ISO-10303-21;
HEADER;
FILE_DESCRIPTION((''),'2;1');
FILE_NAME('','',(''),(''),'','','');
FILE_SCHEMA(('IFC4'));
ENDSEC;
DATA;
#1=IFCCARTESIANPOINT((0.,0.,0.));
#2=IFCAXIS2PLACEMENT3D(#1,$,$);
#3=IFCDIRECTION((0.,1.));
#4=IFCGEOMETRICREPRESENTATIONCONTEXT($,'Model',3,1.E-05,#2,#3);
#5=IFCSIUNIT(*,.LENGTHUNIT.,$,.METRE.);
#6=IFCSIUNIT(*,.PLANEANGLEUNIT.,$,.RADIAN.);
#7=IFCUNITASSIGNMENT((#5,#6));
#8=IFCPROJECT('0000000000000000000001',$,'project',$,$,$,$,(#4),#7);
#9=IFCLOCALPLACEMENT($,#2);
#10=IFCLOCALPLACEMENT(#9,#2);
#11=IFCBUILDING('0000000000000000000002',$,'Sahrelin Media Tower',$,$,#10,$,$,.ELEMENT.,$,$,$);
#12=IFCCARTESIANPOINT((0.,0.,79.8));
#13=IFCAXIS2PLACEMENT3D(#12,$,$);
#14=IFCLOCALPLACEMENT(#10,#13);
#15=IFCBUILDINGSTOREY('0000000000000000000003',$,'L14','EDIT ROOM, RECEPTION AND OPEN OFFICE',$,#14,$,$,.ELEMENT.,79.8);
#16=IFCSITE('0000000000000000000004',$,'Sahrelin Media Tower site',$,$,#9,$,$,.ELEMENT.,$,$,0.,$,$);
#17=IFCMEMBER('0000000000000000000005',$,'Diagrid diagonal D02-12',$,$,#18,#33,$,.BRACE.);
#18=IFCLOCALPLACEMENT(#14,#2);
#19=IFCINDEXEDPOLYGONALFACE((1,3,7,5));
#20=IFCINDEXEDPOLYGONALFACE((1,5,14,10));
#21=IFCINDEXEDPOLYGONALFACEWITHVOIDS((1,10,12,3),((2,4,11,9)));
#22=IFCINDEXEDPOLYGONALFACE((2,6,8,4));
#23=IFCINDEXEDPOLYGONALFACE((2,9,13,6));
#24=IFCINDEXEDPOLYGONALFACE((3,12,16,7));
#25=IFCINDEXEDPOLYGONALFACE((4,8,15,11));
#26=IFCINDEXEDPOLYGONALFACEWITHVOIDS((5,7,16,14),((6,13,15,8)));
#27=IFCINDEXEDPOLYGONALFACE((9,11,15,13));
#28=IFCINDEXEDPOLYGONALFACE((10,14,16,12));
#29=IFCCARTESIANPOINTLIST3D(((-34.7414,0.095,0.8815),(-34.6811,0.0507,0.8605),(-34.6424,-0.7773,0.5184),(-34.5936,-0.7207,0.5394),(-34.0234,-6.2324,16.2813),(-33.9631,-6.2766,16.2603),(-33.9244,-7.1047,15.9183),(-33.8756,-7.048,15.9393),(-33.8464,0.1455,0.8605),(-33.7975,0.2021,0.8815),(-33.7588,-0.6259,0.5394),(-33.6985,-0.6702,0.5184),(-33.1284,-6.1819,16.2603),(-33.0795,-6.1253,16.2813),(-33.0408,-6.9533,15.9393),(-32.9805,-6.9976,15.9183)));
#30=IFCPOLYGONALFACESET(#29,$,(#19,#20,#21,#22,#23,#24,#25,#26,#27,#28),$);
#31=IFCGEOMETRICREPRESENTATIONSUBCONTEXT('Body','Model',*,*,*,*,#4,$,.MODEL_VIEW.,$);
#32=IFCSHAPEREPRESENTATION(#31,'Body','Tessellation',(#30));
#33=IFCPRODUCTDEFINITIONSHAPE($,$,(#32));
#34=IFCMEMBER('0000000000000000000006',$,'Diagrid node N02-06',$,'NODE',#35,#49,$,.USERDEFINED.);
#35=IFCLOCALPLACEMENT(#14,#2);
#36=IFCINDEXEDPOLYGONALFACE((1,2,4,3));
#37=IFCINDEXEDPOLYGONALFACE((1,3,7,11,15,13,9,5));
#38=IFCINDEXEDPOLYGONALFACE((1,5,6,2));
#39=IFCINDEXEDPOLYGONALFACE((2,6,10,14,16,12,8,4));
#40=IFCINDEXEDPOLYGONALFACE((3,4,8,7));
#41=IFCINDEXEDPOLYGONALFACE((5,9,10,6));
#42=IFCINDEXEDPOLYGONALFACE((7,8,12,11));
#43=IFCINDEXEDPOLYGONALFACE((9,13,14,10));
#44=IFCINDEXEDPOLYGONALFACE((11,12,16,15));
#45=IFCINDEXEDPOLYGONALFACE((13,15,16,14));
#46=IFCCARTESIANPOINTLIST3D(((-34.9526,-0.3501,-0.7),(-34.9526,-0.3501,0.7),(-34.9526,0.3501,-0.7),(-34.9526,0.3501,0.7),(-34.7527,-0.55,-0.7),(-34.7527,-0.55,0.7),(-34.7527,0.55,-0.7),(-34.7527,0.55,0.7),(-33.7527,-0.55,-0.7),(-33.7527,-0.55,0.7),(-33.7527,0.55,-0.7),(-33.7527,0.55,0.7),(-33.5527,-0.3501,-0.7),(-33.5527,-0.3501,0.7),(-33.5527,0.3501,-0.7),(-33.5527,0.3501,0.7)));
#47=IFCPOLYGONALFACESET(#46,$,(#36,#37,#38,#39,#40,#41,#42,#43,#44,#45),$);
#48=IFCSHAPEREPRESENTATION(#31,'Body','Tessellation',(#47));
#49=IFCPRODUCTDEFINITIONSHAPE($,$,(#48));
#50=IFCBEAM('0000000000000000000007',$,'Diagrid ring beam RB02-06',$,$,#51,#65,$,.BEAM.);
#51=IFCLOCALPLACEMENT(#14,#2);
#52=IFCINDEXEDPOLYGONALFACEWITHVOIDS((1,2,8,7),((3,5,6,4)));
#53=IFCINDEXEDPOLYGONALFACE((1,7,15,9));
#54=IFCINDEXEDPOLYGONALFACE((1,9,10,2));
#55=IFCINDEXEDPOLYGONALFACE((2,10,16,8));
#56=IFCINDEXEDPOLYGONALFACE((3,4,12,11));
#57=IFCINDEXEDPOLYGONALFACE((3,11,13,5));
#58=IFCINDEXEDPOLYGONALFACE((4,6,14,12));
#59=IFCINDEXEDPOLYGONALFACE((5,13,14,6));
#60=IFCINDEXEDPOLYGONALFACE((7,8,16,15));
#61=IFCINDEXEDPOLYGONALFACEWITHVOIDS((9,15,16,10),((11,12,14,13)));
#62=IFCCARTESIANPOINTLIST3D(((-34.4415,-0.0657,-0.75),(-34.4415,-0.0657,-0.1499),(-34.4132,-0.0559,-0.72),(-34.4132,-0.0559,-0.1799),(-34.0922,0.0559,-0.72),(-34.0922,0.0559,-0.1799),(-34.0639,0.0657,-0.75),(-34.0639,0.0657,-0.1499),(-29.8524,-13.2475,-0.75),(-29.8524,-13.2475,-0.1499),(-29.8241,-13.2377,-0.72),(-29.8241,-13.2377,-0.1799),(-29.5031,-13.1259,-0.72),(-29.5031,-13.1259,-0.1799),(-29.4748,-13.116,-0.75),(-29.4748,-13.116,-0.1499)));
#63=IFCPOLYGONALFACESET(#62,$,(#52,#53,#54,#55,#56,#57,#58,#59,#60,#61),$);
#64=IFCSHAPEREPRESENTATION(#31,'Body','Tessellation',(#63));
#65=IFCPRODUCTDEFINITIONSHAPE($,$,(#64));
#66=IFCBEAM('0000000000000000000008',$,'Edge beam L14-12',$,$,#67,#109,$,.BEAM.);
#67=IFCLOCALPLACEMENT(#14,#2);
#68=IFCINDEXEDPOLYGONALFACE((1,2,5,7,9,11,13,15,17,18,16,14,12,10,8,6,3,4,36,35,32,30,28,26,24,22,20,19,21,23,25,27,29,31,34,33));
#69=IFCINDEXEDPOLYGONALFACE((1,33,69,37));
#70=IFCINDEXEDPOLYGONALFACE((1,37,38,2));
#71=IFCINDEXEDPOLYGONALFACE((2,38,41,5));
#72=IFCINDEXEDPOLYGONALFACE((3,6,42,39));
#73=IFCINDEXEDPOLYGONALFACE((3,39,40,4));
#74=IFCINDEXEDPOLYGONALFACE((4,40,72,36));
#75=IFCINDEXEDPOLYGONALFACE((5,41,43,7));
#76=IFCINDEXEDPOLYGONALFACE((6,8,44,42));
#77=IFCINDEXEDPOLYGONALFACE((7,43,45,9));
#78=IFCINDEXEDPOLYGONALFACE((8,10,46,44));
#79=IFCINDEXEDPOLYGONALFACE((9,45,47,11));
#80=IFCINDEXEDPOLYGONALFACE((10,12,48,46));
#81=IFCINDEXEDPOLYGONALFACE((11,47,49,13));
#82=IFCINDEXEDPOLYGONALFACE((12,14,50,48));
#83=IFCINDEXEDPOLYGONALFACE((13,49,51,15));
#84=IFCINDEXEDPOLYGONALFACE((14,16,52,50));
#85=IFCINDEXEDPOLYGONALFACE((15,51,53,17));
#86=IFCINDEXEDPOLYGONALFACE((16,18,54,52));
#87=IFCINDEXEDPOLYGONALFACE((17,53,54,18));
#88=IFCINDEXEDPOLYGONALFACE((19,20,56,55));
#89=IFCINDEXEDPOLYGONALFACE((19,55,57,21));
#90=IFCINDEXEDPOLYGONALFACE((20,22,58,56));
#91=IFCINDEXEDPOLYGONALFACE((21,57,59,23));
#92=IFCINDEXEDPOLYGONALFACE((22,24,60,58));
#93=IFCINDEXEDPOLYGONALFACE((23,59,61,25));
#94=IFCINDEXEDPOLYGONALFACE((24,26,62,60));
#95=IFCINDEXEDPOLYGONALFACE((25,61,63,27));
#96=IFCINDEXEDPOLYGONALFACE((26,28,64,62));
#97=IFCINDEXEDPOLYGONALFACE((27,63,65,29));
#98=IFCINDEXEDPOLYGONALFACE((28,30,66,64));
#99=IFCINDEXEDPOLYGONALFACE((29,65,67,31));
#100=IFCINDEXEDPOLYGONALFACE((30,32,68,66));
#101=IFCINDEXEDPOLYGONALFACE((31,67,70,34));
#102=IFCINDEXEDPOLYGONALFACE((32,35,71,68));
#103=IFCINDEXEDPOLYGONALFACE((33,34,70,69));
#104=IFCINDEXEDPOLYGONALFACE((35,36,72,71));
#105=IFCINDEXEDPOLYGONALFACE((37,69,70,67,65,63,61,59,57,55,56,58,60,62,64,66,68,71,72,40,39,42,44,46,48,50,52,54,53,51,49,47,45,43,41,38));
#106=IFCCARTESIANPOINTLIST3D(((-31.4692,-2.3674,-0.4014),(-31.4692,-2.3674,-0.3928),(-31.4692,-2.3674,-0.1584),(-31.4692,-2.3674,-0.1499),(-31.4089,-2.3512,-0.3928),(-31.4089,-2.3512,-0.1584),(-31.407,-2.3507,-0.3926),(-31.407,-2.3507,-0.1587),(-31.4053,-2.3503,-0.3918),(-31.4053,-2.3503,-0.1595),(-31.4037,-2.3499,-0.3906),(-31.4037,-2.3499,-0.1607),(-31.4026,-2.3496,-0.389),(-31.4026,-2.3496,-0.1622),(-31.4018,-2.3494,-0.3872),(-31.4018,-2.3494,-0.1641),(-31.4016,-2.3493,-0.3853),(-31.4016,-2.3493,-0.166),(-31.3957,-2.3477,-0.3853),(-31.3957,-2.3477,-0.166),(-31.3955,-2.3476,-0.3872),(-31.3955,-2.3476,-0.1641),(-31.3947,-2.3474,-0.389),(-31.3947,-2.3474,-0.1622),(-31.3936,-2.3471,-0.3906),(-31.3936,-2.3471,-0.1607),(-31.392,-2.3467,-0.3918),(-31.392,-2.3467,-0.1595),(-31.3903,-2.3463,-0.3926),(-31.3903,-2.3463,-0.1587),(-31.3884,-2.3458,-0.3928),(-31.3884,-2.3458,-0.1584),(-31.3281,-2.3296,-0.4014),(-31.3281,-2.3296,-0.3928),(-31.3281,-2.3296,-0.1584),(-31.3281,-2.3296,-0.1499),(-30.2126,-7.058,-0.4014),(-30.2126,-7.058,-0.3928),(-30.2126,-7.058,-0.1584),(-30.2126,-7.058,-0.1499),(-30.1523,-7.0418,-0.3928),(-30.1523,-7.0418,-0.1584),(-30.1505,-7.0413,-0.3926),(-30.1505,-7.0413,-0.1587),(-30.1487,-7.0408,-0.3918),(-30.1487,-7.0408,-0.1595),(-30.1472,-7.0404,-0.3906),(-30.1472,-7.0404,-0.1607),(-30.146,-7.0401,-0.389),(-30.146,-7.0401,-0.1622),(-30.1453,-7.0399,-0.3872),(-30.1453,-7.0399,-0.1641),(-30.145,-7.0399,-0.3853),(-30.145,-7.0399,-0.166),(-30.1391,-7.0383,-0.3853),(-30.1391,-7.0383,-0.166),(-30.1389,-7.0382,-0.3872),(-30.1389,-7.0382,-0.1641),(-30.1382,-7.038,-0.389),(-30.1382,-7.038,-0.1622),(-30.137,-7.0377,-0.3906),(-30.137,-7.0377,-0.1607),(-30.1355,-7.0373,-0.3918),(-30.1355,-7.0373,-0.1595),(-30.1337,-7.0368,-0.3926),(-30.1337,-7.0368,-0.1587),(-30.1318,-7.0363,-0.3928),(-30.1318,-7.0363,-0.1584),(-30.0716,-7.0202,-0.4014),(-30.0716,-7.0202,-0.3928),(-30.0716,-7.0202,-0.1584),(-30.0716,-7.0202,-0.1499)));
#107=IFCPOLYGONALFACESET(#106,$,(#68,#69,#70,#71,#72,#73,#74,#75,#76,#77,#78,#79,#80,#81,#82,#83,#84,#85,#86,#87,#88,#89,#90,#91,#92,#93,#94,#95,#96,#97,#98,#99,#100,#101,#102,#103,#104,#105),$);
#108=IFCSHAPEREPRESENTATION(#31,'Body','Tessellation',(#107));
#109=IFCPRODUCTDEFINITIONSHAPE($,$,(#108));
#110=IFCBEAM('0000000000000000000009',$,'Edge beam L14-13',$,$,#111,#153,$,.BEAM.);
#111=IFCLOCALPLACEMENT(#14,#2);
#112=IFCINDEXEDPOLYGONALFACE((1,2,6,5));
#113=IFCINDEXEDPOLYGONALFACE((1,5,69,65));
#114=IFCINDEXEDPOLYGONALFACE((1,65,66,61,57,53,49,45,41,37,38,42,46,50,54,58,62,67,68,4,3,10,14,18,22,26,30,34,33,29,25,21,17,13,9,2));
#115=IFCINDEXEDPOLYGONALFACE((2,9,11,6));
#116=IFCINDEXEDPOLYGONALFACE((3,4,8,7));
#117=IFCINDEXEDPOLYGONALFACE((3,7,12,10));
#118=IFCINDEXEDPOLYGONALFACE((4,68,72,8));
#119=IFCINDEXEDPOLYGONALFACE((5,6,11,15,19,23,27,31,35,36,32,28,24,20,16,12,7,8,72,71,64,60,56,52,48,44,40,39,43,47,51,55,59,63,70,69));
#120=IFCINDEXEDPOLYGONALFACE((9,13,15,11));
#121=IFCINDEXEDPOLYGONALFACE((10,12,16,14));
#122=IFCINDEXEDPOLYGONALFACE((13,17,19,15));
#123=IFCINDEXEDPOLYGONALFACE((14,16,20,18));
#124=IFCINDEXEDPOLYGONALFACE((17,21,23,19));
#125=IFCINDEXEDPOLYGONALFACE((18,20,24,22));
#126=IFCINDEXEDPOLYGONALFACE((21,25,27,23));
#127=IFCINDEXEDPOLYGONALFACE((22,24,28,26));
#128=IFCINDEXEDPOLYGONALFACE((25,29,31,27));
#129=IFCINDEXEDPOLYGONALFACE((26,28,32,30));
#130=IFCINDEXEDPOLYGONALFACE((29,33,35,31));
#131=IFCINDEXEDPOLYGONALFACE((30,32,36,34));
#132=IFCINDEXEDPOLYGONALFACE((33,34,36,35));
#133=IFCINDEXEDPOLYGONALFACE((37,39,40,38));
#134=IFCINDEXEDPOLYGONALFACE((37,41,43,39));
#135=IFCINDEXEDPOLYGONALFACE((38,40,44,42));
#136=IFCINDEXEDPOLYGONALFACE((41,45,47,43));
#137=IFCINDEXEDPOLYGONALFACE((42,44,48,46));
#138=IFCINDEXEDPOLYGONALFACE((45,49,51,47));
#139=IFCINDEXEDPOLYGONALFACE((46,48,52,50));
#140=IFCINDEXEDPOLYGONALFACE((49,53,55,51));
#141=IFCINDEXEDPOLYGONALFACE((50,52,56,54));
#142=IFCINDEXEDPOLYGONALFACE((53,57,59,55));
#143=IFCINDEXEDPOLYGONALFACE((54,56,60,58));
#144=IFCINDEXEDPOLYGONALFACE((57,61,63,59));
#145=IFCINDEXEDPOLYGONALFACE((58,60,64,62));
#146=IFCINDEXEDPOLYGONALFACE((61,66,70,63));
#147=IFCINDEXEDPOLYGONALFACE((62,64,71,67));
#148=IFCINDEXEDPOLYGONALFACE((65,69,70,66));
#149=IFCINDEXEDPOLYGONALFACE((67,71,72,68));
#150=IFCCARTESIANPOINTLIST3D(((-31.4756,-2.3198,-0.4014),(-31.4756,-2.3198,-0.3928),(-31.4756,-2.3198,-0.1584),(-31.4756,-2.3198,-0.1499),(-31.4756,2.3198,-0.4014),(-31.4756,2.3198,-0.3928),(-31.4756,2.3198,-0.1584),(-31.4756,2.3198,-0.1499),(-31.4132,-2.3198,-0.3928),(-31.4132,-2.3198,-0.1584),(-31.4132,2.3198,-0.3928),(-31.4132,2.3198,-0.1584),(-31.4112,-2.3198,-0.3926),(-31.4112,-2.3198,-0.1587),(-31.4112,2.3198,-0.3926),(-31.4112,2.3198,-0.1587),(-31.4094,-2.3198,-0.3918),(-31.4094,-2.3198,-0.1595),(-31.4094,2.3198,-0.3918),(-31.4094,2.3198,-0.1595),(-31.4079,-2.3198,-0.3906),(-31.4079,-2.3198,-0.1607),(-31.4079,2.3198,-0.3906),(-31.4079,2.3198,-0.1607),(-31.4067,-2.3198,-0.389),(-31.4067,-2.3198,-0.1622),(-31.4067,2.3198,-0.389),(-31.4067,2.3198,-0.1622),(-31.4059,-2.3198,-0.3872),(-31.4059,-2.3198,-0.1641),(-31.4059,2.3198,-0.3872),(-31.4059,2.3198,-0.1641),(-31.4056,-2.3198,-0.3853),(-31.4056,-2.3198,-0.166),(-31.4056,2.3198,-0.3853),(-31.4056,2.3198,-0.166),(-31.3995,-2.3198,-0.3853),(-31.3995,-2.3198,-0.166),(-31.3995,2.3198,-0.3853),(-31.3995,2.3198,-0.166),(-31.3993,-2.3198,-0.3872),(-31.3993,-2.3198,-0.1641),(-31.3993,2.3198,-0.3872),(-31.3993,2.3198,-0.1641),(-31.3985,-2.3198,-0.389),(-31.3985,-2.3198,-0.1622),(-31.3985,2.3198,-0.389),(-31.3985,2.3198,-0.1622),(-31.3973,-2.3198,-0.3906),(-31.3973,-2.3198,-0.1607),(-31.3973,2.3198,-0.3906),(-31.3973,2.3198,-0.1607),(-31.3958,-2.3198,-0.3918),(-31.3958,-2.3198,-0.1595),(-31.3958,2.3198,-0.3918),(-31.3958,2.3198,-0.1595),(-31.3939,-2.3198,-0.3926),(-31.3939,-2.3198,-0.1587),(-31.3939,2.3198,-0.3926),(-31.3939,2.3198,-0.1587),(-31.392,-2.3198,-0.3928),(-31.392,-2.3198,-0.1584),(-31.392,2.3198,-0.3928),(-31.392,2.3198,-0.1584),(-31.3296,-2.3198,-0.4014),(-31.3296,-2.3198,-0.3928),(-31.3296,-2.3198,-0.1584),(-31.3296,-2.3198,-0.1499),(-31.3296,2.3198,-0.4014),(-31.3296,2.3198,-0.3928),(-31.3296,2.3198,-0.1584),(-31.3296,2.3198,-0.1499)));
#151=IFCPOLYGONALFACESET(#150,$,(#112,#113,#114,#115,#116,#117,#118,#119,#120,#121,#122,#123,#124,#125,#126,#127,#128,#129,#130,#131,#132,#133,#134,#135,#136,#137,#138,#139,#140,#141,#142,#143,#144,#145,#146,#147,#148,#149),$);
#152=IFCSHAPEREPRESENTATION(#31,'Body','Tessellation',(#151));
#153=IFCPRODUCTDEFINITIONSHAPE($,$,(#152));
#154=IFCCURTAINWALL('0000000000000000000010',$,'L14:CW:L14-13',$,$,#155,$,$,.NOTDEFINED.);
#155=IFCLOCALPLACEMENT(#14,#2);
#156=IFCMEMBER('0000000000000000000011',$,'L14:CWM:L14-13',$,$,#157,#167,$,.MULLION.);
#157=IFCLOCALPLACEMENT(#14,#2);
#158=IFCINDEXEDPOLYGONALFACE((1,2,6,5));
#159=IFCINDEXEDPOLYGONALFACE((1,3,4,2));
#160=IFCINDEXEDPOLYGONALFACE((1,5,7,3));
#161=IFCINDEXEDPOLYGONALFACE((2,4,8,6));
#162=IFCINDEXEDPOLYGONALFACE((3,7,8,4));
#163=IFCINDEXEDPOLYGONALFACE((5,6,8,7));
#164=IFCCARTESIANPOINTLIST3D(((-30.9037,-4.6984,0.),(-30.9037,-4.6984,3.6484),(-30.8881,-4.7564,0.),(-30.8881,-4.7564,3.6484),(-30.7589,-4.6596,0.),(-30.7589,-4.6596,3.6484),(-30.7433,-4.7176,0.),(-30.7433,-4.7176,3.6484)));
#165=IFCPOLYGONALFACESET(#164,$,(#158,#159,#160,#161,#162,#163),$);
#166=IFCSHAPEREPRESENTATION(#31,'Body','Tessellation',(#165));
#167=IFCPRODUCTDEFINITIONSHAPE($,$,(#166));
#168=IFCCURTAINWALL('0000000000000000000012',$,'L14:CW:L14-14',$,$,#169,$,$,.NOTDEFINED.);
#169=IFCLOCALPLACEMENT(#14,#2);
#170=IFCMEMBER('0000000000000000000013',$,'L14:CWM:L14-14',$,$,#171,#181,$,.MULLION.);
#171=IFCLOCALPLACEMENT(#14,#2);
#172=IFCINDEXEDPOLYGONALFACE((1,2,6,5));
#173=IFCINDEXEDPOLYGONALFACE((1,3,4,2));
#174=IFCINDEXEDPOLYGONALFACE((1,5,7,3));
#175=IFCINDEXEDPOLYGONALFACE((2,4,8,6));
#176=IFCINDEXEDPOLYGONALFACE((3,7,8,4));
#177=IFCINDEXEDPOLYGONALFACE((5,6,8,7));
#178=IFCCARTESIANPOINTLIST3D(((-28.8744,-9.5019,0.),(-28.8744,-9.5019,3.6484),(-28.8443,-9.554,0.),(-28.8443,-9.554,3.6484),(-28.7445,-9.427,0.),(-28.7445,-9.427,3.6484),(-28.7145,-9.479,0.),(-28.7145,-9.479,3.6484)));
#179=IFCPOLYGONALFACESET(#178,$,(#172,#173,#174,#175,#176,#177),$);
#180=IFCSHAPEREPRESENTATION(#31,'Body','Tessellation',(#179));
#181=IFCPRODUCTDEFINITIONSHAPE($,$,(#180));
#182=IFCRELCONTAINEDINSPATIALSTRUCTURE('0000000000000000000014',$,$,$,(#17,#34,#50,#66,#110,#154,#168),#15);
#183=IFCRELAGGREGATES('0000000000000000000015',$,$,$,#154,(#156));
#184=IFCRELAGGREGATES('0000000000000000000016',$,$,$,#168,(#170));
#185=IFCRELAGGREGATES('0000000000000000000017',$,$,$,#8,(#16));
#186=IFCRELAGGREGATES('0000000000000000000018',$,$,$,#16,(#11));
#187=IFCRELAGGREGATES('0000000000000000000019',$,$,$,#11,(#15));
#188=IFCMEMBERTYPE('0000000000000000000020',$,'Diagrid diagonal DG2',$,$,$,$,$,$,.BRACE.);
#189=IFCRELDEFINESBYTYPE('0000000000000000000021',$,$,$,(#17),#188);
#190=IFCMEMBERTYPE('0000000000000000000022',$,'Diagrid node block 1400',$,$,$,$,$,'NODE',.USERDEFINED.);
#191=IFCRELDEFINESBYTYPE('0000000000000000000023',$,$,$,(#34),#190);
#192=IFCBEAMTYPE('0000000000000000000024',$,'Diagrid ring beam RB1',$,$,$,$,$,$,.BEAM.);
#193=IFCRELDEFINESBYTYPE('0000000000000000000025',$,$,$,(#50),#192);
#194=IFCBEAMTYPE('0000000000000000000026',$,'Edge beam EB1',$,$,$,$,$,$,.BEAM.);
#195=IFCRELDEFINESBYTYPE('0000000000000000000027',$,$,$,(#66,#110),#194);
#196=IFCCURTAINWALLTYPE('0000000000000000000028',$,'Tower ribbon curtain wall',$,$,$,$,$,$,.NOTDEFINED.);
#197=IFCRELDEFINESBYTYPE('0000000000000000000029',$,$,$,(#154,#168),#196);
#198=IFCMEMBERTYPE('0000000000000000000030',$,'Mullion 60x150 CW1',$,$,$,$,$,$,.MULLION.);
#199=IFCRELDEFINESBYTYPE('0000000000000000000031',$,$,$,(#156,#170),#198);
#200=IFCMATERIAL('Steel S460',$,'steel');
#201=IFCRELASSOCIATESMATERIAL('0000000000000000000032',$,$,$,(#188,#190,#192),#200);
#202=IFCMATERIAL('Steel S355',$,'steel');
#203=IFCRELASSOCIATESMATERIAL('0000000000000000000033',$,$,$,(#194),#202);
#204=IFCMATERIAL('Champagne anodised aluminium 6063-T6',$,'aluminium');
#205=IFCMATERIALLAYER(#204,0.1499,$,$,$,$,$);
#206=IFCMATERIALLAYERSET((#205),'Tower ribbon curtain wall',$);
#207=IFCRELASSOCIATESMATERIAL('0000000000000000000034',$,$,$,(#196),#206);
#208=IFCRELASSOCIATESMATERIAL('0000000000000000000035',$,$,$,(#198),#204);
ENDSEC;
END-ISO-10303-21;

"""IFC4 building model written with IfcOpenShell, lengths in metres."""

from ifc_helpers import new_model, si_unit, direction, frame, origin, origin_2d, place, context, subcontext, project, spatial, polyline, rectangle, hollow_rectangle, i_section, outline, extrude, material, layer, layer_set, material_profile, profile_set, type_object, element, aggregate, save


model = new_model("IFC4")

# Units and contexts
model_context = context("Model", 3, precision=1e-05, world=origin(), true_north=direction((0.0, 1.0)))
body_context = subcontext(model_context, "Body", "Model", "MODEL_VIEW")
ifc_project = project(units=[si_unit("LENGTHUNIT", "METRE"), si_unit("PLANEANGLEUNIT", "RADIAN")], contexts=[model_context])

# Site, building, storey
site_placement = place(None, origin())
site = spatial("IfcSite", under=ifc_project, at=site_placement, Name="Sahrelin Media Tower site", CompositionType="ELEMENT", RefElevation=0.0)
building_placement = place(site_placement, origin())
building = spatial("IfcBuilding", under=site, at=building_placement, Name="Sahrelin Media Tower", CompositionType="ELEMENT")
storey_placement = place(building_placement, frame((0.0, 0.0, 79.8)))
storey = spatial("IfcBuildingStorey", under=building, at=storey_placement, Name="L14", Description="EDIT ROOM, RECEPTION AND OPEN OFFICE", CompositionType="ELEMENT", Elevation=79.8)

# Members
ifc_material_1 = material(Name="Steel S460", Category="steel")
ifc_material_profile_1 = material_profile(ifc_material_1, hollow_rectangle(XDim=0.95, YDim=0.95, WallThickness=0.0549, at=origin_2d()), Name="Diagrid diagonal DG2")
ifc_profile_set_1 = profile_set([ifc_material_profile_1], Name="Steel S460")
member_type_1 = type_object("IfcMemberType", Name="Diagrid diagonal DG2", PredefinedType="BRACE", material=ifc_profile_set_1)
member_1_placement = place(storey_placement, frame((-34.22, -0.2876, 0.7), z_axis=(0.043086, -0.379691, 0.924109), x_axis=(0.993623, 0.112754, 0.0)))
element("IfcMember", 1, at=member_1_placement, inside=storey, type_object=member_type_1, Name="Diagrid diagonal D02-12", PredefinedType="BRACE", context=body_context, shape_type="SweptSolid", body=[
    extrude(hollow_rectangle(XDim=0.95, YDim=0.95, WallThickness=0.0549, at=origin_2d()), origin(), (0.0, 0.0, 1.0), 16.6646),
])
ifc_material_profile_2 = material_profile(ifc_material_1, outline(polyline([(0.5, -0.55), (0.7, -0.3501), (0.7, 0.3501), (0.5, 0.55), (-0.5, 0.55), (-0.7, 0.3501), (-0.7, -0.3501), (-0.5, -0.55), (0.5, -0.55)])), Name="Diagrid node block 1400")
ifc_profile_set_2 = profile_set([ifc_material_profile_2], Name="Steel S460")
member_type_2 = type_object("IfcMemberType", Name="Diagrid node block 1400", ElementType="NODE", PredefinedType="USERDEFINED", material=ifc_profile_set_2)
member_2_placement = place(storey_placement, frame((-34.2527, 0.0, -0.7), z_axis=(0.0, 0.0, 1.0), x_axis=(-1.0, 0.0, 0.0)))
element("IfcMember", 2, at=member_2_placement, inside=storey, type_object=member_type_2, Name="Diagrid node N02-06", ObjectType="NODE", PredefinedType="USERDEFINED", context=body_context, shape_type="SweptSolid", body=[
    extrude(outline(polyline([(0.5, -0.55), (0.7, -0.3501), (0.7, 0.3501), (0.5, 0.55), (-0.5, 0.55), (-0.7, 0.3501), (-0.7, -0.3501), (-0.5, -0.55), (0.5, -0.55)])), origin(), (0.0, 0.0, 1.0), 1.3999),
])

# Beams
ifc_material_profile_3 = material_profile(ifc_material_1, hollow_rectangle(XDim=0.3999, YDim=0.6001, WallThickness=0.03, at=origin_2d()), Name="Diagrid ring beam RB1")
ifc_profile_set_3 = profile_set([ifc_material_profile_3], Name="Steel S460")
beam_type_1 = type_object("IfcBeamType", Name="Diagrid ring beam RB1", PredefinedType="BEAM", material=ifc_profile_set_3)
beam_1_placement = place(storey_placement, frame((-34.2527, 0.0, -0.45), z_axis=(0.328783, -0.944405, 0.0), x_axis=(0.944405, 0.328783, 0.0)))
element("IfcBeam", 3, at=beam_1_placement, inside=storey, type_object=beam_type_1, Name="Diagrid ring beam RB02-06", PredefinedType="BEAM", context=body_context, shape_type="SweptSolid", body=[
    extrude(hollow_rectangle(XDim=0.3999, YDim=0.6001, WallThickness=0.03, at=origin_2d()), origin(), (0.0, 0.0, 1.0), 13.9578),
])
ifc_material_2 = material(Name="Steel S355", Category="steel")
ifc_material_profile_4 = material_profile(ifc_material_2, i_section(OverallWidth=0.146, OverallDepth=0.2515, WebThickness=0.0061, FlangeThickness=0.0085, FilletRadius=0.0076, at=origin_2d()), Name="UB 254x146x31")
ifc_profile_set_4 = profile_set([ifc_material_profile_4], Name="Steel S355")
beam_type_2 = type_object("IfcBeamType", Name="Edge beam EB1", PredefinedType="BEAM", material=ifc_profile_set_4)
beam_2_placement = place(storey_placement, frame((-30.1421, -7.0391, -0.2756), z_axis=(-0.258767, 0.96594, 0.0), x_axis=(-0.96594, -0.258767, 0.0)))
element("IfcBeam", 4, at=beam_2_placement, inside=storey, type_object=beam_type_2, Name="Edge beam L14-12", PredefinedType="BEAM", context=body_context, shape_type="SweptSolid", body=[
    extrude(i_section(OverallWidth=0.146, OverallDepth=0.2515, WebThickness=0.0061, FlangeThickness=0.0085, FilletRadius=0.0076, at=origin_2d()), origin(), (0.0, 0.0, 1.0), 4.856),
])
beam_3_placement = place(storey_placement, frame((-31.4026, -2.3198, -0.2756), z_axis=(0.0, 1.0, 0.0), x_axis=(-1.0, 0.0, 0.0)))
element("IfcBeam", 5, at=beam_3_placement, inside=storey, type_object=beam_type_2, Name="Edge beam L14-13", PredefinedType="BEAM", context=body_context, shape_type="SweptSolid", body=[
    extrude(i_section(OverallWidth=0.146, OverallDepth=0.2515, WebThickness=0.0061, FlangeThickness=0.0085, FilletRadius=0.0076, at=origin_2d()), origin(), (0.0, 0.0, 1.0), 4.6396),
])

# Curtain walls, members
ifc_material_3 = material(Name="Champagne anodised aluminium 6063-T6", Category="aluminium")
ifc_layer_1 = layer(ifc_material_3, 0.1499)
ifc_layer_set_1 = layer_set([ifc_layer_1], Name="Tower ribbon curtain wall")
curtain_wall_type = type_object("IfcCurtainWallType", Name="Tower ribbon curtain wall", PredefinedType="NOTDEFINED", material=ifc_layer_set_1)
curtain_wall_1_placement = place(storey_placement, frame((-30.9153, -4.7327, 0.0), z_axis=(0.0, 0.0, 1.0), x_axis=(1.0, 0.0, 0.0)))
curtain_wall_1 = element("IfcCurtainWall", 6, at=curtain_wall_1_placement, inside=storey, type_object=curtain_wall_type, Name="L14:CW:L14-13", PredefinedType="NOTDEFINED")
ifc_material_profile_5 = material_profile(ifc_material_3, rectangle(XDim=0.0601, YDim=0.1499, at=origin_2d()), Name="Mullion 60x150")
ifc_profile_set_5 = profile_set([ifc_material_profile_5], Name="Champagne anodised aluminium 6063-T6")
member_type_3 = type_object("IfcMemberType", Name="Mullion 60x150 CW1", PredefinedType="MULLION", material=ifc_profile_set_5)
member_3_placement = place(storey_placement, frame((-30.8235, -4.708, 0.0), z_axis=(0.0, 0.0, 1.0), x_axis=(0.258822, -0.965925, 0.0)))
member_3 = element("IfcMember", 7, at=member_3_placement, type_object=member_type_3, Name="L14:CWM:L14-13", PredefinedType="MULLION", context=body_context, shape_type="SweptSolid", body=[
    extrude(rectangle(XDim=0.0601, YDim=0.1499, at=origin_2d()), origin(), (0.0, 0.0, 1.0), 3.6484),
])
curtain_wall_2_placement = place(storey_placement, frame((-28.8767, -9.5381, 0.0), z_axis=(0.0, 0.0, 1.0), x_axis=(1.0, 0.0, 0.0)))
curtain_wall_2 = element("IfcCurtainWall", 8, at=curtain_wall_2_placement, inside=storey, type_object=curtain_wall_type, Name="L14:CW:L14-14", PredefinedType="NOTDEFINED")
member_4_placement = place(storey_placement, frame((-28.7944, -9.4905, 0.0), z_axis=(0.0, 0.0, 1.0), x_axis=(0.5, -0.866025, 0.0)))
member_4 = element("IfcMember", 9, at=member_4_placement, type_object=member_type_3, Name="L14:CWM:L14-14", PredefinedType="MULLION", context=body_context, shape_type="SweptSolid", body=[
    extrude(rectangle(XDim=0.0601, YDim=0.1499, at=origin_2d()), origin(), (0.0, 0.0, 1.0), 3.6484),
])

aggregate(curtain_wall_1, [member_3])
aggregate(curtain_wall_2, [member_4])

save(model, "model.ifc")
